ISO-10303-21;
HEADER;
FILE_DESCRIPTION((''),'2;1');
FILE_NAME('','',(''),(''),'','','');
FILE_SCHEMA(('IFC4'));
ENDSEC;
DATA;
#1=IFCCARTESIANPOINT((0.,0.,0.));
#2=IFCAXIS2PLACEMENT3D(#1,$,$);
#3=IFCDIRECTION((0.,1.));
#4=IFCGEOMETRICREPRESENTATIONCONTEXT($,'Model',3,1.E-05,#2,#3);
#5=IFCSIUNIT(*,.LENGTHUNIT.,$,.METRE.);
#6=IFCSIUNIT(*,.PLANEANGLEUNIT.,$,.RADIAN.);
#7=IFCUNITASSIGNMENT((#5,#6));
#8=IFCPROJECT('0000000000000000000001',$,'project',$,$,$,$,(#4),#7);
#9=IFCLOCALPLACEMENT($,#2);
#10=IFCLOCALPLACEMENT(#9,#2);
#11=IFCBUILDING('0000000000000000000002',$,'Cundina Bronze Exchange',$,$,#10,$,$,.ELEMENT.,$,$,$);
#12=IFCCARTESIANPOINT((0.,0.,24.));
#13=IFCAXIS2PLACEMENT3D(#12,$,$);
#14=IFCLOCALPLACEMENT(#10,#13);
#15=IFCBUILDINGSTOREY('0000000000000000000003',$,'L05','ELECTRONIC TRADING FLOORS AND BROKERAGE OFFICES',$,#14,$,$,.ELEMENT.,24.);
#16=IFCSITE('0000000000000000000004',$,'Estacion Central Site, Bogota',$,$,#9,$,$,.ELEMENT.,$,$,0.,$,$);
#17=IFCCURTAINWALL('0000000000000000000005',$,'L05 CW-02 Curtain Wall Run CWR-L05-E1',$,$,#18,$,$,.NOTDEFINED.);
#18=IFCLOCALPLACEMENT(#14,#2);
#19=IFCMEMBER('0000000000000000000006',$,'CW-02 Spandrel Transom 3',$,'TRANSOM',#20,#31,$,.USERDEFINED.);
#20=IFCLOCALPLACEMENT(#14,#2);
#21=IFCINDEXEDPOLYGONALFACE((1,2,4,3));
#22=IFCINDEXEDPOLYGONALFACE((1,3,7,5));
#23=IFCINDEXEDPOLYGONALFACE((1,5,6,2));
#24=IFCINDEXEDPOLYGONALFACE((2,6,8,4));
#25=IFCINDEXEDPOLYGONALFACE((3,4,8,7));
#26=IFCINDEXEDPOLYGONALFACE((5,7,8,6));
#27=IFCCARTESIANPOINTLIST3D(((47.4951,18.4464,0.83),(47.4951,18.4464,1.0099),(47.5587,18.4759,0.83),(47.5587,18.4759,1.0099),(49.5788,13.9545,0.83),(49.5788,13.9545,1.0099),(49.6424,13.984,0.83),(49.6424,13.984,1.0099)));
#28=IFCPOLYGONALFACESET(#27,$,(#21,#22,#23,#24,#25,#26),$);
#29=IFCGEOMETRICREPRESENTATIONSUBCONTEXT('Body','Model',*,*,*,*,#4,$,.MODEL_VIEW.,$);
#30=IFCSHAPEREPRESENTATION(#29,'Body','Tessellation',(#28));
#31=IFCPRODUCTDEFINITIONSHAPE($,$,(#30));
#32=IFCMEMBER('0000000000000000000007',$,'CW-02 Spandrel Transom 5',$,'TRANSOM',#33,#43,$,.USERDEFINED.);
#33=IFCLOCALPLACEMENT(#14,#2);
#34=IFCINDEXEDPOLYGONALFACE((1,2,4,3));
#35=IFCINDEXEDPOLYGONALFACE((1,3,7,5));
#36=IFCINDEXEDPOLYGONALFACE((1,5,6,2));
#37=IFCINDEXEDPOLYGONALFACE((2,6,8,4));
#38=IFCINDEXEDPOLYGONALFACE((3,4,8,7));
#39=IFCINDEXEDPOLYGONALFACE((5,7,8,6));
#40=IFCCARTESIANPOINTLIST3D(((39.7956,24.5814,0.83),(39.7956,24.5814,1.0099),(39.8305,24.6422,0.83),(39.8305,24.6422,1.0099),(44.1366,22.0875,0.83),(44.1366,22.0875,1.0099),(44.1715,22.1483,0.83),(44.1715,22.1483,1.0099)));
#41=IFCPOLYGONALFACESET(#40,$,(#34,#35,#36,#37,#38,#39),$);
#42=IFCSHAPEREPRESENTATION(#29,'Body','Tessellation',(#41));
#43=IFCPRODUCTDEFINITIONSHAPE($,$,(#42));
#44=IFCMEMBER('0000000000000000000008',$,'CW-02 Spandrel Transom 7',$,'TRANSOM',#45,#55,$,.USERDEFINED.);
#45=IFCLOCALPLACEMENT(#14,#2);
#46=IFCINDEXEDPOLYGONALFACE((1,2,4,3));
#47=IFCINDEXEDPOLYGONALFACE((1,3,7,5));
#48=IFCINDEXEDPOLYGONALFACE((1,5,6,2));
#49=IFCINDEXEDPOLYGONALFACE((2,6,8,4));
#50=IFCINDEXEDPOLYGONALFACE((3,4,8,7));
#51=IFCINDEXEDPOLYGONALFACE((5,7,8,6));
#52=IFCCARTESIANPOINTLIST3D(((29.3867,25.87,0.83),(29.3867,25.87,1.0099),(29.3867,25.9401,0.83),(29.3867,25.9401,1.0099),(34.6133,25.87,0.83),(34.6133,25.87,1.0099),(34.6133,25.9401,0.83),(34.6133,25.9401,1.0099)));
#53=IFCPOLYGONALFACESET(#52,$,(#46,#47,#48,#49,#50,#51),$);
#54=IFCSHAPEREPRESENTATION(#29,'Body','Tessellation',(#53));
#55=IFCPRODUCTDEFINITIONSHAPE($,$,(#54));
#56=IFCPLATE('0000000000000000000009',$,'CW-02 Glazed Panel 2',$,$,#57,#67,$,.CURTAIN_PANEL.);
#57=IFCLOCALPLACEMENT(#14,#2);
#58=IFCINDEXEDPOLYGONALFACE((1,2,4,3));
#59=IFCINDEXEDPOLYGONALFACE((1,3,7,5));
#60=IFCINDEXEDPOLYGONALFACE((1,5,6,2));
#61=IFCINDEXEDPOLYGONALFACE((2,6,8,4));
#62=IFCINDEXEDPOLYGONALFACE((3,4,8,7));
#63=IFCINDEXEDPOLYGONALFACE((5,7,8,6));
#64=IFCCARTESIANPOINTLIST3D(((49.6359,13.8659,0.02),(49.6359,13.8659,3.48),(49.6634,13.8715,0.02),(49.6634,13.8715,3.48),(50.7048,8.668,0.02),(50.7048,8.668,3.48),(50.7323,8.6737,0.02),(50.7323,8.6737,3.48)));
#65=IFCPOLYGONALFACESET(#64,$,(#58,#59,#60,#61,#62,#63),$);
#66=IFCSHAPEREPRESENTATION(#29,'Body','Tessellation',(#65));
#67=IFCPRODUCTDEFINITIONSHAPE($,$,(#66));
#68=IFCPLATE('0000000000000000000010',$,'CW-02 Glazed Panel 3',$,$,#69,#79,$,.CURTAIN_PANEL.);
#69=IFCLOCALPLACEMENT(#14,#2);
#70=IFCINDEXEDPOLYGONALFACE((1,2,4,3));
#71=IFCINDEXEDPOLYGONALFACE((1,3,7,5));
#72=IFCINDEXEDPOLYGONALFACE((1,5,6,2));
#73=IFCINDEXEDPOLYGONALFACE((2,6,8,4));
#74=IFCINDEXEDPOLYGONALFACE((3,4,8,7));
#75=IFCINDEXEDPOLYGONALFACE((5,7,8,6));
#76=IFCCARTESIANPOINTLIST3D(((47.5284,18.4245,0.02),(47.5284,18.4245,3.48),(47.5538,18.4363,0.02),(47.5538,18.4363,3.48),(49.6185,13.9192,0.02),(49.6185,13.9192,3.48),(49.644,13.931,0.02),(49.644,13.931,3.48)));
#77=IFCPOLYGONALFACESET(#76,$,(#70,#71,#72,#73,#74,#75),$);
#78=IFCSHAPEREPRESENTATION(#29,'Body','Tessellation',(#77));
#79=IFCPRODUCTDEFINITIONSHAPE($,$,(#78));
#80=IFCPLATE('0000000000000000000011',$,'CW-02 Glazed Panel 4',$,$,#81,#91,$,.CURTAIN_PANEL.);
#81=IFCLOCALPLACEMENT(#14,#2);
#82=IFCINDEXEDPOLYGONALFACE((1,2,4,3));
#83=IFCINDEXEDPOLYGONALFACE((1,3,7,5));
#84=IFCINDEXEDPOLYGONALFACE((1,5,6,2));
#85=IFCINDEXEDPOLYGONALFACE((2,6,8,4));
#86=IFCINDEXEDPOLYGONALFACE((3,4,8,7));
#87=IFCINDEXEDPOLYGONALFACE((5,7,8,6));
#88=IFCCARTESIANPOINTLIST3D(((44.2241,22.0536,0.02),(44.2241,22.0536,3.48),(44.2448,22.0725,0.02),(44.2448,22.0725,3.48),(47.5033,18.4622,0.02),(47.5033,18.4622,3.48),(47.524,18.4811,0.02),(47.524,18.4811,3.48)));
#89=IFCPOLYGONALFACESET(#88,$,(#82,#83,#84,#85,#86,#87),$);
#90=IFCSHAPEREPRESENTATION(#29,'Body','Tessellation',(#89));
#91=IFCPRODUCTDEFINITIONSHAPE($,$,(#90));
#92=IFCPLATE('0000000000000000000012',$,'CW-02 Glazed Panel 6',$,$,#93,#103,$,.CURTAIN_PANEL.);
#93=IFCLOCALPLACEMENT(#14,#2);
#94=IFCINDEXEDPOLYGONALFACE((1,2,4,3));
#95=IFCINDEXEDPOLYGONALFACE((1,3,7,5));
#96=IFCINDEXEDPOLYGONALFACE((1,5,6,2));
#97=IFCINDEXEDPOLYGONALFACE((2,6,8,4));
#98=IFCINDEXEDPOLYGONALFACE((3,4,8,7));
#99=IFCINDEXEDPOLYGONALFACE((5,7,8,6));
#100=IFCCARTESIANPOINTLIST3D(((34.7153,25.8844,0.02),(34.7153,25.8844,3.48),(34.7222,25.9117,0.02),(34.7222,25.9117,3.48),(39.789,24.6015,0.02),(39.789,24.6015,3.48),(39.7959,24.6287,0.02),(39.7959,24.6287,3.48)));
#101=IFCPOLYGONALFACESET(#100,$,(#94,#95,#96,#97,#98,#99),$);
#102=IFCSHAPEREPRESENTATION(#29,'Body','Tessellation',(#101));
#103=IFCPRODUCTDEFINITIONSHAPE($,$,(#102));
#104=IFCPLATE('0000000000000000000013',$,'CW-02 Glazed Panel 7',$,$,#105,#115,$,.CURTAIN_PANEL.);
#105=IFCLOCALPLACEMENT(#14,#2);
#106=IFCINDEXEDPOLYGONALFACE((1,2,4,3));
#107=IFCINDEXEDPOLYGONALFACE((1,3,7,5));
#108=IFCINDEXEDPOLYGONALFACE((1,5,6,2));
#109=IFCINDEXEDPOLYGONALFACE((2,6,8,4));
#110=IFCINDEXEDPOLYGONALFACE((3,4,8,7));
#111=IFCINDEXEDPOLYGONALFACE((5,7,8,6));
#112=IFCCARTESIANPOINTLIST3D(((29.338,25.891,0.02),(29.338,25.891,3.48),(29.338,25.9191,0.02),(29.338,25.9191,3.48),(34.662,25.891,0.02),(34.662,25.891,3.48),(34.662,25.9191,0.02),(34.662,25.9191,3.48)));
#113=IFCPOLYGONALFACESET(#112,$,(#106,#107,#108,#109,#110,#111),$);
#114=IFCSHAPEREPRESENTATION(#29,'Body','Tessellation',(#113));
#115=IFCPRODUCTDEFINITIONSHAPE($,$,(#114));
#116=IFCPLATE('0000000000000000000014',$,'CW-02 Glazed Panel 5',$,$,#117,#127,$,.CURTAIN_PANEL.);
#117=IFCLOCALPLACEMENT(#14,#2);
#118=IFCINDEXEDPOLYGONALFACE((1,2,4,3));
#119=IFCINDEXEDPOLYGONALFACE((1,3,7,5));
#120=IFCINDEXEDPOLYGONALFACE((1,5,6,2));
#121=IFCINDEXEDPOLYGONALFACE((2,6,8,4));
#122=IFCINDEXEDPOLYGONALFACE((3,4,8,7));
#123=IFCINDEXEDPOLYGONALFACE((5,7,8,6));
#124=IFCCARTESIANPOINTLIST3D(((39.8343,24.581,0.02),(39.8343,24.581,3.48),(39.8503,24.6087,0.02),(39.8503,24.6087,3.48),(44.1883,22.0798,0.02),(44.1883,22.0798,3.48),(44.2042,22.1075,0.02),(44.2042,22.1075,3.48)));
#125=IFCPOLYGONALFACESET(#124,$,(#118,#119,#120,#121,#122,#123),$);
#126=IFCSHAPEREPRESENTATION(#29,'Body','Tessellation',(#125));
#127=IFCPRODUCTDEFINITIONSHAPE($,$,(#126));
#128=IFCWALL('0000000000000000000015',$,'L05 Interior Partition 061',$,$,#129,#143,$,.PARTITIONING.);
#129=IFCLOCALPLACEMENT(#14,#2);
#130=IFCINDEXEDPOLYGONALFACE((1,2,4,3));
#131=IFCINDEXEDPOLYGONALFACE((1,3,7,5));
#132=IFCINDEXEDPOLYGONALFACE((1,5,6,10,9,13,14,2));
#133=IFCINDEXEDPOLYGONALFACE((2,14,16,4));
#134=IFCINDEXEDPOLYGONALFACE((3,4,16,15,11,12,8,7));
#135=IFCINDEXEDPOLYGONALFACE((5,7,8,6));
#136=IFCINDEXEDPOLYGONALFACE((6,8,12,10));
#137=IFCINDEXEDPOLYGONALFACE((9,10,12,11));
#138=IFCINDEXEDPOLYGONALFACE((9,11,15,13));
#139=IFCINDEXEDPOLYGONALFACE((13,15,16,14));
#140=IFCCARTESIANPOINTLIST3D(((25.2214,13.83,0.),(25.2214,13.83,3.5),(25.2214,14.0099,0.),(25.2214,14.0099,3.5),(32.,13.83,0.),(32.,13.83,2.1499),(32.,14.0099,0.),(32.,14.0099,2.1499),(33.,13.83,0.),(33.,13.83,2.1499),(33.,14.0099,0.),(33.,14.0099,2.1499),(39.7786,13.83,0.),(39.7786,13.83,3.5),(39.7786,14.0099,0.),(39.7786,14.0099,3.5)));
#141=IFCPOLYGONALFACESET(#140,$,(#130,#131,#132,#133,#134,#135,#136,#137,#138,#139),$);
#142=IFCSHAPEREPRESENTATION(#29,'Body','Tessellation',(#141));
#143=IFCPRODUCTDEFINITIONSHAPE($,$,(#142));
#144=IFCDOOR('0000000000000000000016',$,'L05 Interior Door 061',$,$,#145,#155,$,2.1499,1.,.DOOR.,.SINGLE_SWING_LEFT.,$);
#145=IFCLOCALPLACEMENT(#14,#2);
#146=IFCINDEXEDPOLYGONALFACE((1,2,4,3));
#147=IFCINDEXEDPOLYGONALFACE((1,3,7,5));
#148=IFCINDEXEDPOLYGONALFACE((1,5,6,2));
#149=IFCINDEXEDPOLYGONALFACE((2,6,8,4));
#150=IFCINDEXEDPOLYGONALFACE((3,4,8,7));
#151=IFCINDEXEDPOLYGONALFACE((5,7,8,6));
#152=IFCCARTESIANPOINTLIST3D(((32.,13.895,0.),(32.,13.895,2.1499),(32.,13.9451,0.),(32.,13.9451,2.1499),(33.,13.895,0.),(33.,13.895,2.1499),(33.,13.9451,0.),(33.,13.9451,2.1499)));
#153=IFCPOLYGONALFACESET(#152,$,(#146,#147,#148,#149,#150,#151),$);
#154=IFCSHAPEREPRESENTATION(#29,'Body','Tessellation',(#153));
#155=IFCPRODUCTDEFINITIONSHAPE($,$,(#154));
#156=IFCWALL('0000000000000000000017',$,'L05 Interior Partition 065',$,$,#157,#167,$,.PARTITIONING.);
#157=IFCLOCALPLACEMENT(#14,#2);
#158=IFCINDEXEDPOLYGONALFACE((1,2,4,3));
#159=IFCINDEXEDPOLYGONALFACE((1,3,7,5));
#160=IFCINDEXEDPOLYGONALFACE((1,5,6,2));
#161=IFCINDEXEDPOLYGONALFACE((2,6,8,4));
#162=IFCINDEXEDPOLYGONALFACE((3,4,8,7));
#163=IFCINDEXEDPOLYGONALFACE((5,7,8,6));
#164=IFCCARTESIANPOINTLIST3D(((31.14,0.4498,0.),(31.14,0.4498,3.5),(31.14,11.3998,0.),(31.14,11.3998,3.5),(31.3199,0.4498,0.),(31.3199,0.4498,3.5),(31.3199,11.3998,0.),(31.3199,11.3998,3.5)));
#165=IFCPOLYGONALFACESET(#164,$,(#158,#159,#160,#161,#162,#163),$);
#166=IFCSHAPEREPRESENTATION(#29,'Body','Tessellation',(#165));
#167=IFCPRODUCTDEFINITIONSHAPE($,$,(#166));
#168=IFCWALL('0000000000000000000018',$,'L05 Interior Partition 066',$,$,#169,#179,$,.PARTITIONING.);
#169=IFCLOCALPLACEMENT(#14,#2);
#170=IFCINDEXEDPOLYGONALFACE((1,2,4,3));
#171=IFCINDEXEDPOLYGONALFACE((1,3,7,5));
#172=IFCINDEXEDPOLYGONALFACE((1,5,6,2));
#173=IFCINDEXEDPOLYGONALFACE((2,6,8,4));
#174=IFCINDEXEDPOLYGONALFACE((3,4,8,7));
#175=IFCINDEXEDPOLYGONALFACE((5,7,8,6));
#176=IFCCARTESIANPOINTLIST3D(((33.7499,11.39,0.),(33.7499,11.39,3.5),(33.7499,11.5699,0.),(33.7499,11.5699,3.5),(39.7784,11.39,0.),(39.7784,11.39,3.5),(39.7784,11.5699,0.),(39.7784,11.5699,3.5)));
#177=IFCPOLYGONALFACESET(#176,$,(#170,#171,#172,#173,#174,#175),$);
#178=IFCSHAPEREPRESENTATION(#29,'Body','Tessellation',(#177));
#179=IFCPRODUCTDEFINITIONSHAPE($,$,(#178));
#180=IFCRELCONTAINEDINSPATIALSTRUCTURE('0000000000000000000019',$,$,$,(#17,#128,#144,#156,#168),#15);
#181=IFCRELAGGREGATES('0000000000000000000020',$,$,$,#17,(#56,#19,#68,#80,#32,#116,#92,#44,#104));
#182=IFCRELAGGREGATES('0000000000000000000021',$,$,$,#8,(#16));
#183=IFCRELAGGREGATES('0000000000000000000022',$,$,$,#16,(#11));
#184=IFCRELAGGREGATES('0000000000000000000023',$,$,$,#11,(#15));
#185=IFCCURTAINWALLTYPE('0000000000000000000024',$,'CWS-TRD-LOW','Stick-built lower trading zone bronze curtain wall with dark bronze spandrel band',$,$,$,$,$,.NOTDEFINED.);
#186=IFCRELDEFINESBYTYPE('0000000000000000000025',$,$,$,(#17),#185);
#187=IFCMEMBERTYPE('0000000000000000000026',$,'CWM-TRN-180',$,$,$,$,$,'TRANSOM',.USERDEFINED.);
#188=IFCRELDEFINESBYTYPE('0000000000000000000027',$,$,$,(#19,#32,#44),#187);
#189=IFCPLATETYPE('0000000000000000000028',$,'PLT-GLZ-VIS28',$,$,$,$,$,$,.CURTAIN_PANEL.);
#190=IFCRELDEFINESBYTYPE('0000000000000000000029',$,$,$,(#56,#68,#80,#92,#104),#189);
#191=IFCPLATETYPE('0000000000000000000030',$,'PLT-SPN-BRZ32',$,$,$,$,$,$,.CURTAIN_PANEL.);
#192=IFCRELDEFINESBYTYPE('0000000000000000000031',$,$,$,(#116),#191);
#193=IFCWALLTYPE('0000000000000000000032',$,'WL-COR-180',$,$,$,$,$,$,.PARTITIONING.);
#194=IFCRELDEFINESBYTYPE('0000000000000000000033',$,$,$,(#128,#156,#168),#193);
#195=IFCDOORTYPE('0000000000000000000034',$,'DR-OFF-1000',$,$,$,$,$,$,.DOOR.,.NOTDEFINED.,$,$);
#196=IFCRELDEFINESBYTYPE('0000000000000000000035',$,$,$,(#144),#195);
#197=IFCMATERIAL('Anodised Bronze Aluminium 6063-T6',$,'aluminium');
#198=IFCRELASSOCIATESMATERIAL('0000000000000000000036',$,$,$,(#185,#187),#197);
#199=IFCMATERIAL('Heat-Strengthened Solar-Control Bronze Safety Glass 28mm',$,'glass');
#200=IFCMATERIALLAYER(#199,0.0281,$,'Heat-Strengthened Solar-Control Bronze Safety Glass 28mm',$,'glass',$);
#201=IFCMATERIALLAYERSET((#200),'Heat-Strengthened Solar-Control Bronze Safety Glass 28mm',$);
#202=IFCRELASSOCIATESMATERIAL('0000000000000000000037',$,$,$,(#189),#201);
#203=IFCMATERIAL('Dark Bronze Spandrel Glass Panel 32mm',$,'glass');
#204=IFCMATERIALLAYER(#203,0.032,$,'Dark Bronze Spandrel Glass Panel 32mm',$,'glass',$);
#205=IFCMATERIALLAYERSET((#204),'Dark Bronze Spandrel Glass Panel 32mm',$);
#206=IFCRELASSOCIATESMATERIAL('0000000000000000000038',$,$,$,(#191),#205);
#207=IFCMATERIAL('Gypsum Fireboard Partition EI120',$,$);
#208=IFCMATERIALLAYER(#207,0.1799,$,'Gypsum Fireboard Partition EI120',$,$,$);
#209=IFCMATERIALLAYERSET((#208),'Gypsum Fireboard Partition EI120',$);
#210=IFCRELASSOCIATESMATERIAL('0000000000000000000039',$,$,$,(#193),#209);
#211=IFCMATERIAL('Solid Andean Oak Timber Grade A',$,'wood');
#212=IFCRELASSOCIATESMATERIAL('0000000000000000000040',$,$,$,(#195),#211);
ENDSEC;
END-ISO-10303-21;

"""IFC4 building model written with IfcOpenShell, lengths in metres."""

from ifc_helpers import new_model, si_unit, direction, frame, frame_2d, origin, origin_2d, place, context, subcontext, project, spatial, rectangle, extrude, material, layer, layer_set, material_profile, profile_set, type_object, element, fill, aggregate, save


model = new_model("IFC4")

# Units and contexts
model_context = context("Model", 3, precision=1e-05, world=origin(), true_north=direction((0.0, 1.0)))
body_context = subcontext(model_context, "Body", "Model", "MODEL_VIEW")
ifc_project = project(units=[si_unit("LENGTHUNIT", "METRE"), si_unit("PLANEANGLEUNIT", "RADIAN")], contexts=[model_context])

# Site, building, storey
site_placement = place(None, origin())
site = spatial("IfcSite", under=ifc_project, at=site_placement, Name="Estacion Central Site, Bogota", CompositionType="ELEMENT", RefElevation=0.0)
building_placement = place(site_placement, origin())
building = spatial("IfcBuilding", under=site, at=building_placement, Name="Cundina Bronze Exchange", CompositionType="ELEMENT")
storey_placement = place(building_placement, frame((0.0, 0.0, 24.0)))
storey = spatial("IfcBuildingStorey", under=building, at=storey_placement, Name="L05", Description="ELECTRONIC TRADING FLOORS AND BROKERAGE OFFICES", CompositionType="ELEMENT", Elevation=24.0)

# Curtain wall, members, plates
ifc_material_1 = material(Name="Anodised Bronze Aluminium 6063-T6", Category="aluminium")
curtain_wall_type = type_object("IfcCurtainWallType", Name="CWS-TRD-LOW", Description="Stick-built lower trading zone bronze curtain wall with dark bronze spandrel band", PredefinedType="NOTDEFINED", material=ifc_material_1)
curtain_wall_placement = place(storey_placement, origin())
curtain_wall = element("IfcCurtainWall", 1, at=curtain_wall_placement, inside=storey, type_object=curtain_wall_type, Name="L05 CW-02 Curtain Wall Run CWR-L05-E1", PredefinedType="NOTDEFINED")
ifc_material_profile_1 = material_profile(ifc_material_1, rectangle(XDim=0.0701, YDim=0.1799, at=origin_2d()), Name="AL70X180", Category="aluminium")
ifc_profile_set_1 = profile_set([ifc_material_profile_1], Name="Anodised Bronze Aluminium 6063-T6")
member_type_1 = type_object("IfcMemberType", Name="CWM-TRN-180", ElementType="TRANSOM", PredefinedType="USERDEFINED", material=ifc_profile_set_1)
member_1_placement = place(storey_placement, frame((49.6106, 13.9692, 0.9199), z_axis=(-0.420811, 0.907148, 0.0), x_axis=(-0.907148, -0.420811, 0.0)))
member_1 = element("IfcMember", 2, at=member_1_placement, type_object=member_type_1, Name="CW-02 Spandrel Transom 3", ObjectType="TRANSOM", PredefinedType="USERDEFINED", context=body_context, shape_type="SweptSolid", body=[
    extrude(rectangle(XDim=0.0701, YDim=0.1799, at=origin_2d()), origin(), (0.0, 0.0, 1.0), 4.9517),
])
member_2_placement = place(storey_placement, frame((44.1541, 22.1179, 0.9199), z_axis=(-0.867097, 0.498139, 0.0), x_axis=(-0.498139, -0.867097, 0.0)))
member_2 = element("IfcMember", 3, at=member_2_placement, type_object=member_type_1, Name="CW-02 Spandrel Transom 5", ObjectType="TRANSOM", PredefinedType="USERDEFINED", context=body_context, shape_type="SweptSolid", body=[
    extrude(rectangle(XDim=0.0701, YDim=0.1799, at=origin_2d()), origin(), (0.0, 0.0, 1.0), 5.0063),
])
member_3_placement = place(storey_placement, frame((34.6133, 25.905, 0.9199), z_axis=(-1.0, 0.0, 0.0), x_axis=(0.0, -1.0, 0.0)))
member_3 = element("IfcMember", 4, at=member_3_placement, type_object=member_type_1, Name="CW-02 Spandrel Transom 7", ObjectType="TRANSOM", PredefinedType="USERDEFINED", context=body_context, shape_type="SweptSolid", body=[
    extrude(rectangle(XDim=0.0701, YDim=0.1799, at=origin_2d()), origin(), (0.0, 0.0, 1.0), 5.2266),
])
ifc_material_2 = material(Name="Heat-Strengthened Solar-Control Bronze Safety Glass 28mm", Category="glass")
ifc_layer_1 = layer(ifc_material_2, 0.0281, Name="Heat-Strengthened Solar-Control Bronze Safety Glass 28mm", Category="glass")
ifc_layer_set_1 = layer_set([ifc_layer_1], Name="Heat-Strengthened Solar-Control Bronze Safety Glass 28mm")
plate_type_1 = type_object("IfcPlateType", Name="PLT-GLZ-VIS28", PredefinedType="CURTAIN_PANEL", material=ifc_layer_set_1)
plate_1_placement = place(storey_placement, frame((50.1841, 11.2698, 0.02), z_axis=(0.0, 0.0, 1.0), x_axis=(-0.20142, 0.979505, 0.0)))
plate_1 = element("IfcPlate", 5, at=plate_1_placement, type_object=plate_type_1, Name="CW-02 Glazed Panel 2", PredefinedType="CURTAIN_PANEL", context=body_context, shape_type="SweptSolid", body=[
    extrude(rectangle(XDim=5.3066, YDim=0.0281, at=origin_2d()), origin(), (0.0, 0.0, 1.0), 3.46),
])
plate_2_placement = place(storey_placement, frame((48.5862, 16.1777, 0.02), z_axis=(0.0, 0.0, 1.0), x_axis=(-0.420846, 0.907132, 0.0)))
plate_2 = element("IfcPlate", 6, at=plate_2_placement, type_object=plate_type_1, Name="CW-02 Glazed Panel 3", PredefinedType="CURTAIN_PANEL", context=body_context, shape_type="SweptSolid", body=[
    extrude(rectangle(XDim=4.9666, YDim=0.0281, at=origin_2d()), origin(), (0.0, 0.0, 1.0), 3.46),
])
plate_3_placement = place(storey_placement, frame((45.874, 20.2673, 0.02), z_axis=(0.0, 0.0, 1.0), x_axis=(-0.674277, 0.738479, 0.0)))
plate_3 = element("IfcPlate", 7, at=plate_3_placement, type_object=plate_type_1, Name="CW-02 Glazed Panel 4", PredefinedType="CURTAIN_PANEL", context=body_context, shape_type="SweptSolid", body=[
    extrude(rectangle(XDim=4.8633, YDim=0.0281, at=origin_2d()), origin(), (0.0, 0.0, 1.0), 3.46),
])
plate_4_placement = place(storey_placement, frame((37.2556, 25.2566, 0.02), z_axis=(0.0, 0.0, 1.0), x_axis=(-0.969488, 0.245138, 0.0)))
plate_4 = element("IfcPlate", 8, at=plate_4_placement, type_object=plate_type_1, Name="CW-02 Glazed Panel 6", PredefinedType="CURTAIN_PANEL", context=body_context, shape_type="SweptSolid", body=[
    extrude(rectangle(XDim=5.2334, YDim=0.0281, at=origin_2d()), origin(), (0.0, 0.0, 1.0), 3.46),
])
plate_5_placement = place(storey_placement, frame((32.0, 25.905, 0.02), z_axis=(0.0, 0.0, 1.0), x_axis=(-1.0, 0.0, 0.0)))
plate_5 = element("IfcPlate", 9, at=plate_5_placement, type_object=plate_type_1, Name="CW-02 Glazed Panel 7", PredefinedType="CURTAIN_PANEL", context=body_context, shape_type="SweptSolid", body=[
    extrude(rectangle(XDim=5.324, YDim=0.0281, at=origin_2d()), origin(), (0.0, 0.0, 1.0), 3.46),
])
ifc_material_3 = material(Name="Dark Bronze Spandrel Glass Panel 32mm", Category="glass")
ifc_layer_2 = layer(ifc_material_3, 0.032, Name="Dark Bronze Spandrel Glass Panel 32mm", Category="glass")
ifc_layer_set_2 = layer_set([ifc_layer_2], Name="Dark Bronze Spandrel Glass Panel 32mm")
plate_type_2 = type_object("IfcPlateType", Name="PLT-SPN-BRZ32", PredefinedType="CURTAIN_PANEL", material=ifc_layer_set_2)
plate_6_placement = place(storey_placement, frame((42.0193, 23.3442, 0.02), z_axis=(0.0, 0.0, 1.0), x_axis=(-0.867105, 0.498125, 0.0)))
plate_6 = element("IfcPlate", 10, at=plate_6_placement, type_object=plate_type_2, Name="CW-02 Glazed Panel 5", PredefinedType="CURTAIN_PANEL", context=body_context, shape_type="SweptSolid", body=[
    extrude(rectangle(XDim=5.0212, YDim=0.032, at=origin_2d()), origin(), (0.0, 0.0, 1.0), 3.46),
])
aggregate(curtain_wall, [plate_1, member_1, plate_2, plate_3, member_2, plate_6, plate_4, member_3, plate_5])

# Wall, opening, door
ifc_material_4 = material(Name="Gypsum Fireboard Partition EI120")
ifc_layer_3 = layer(ifc_material_4, 0.1799, Name="Gypsum Fireboard Partition EI120")
ifc_layer_set_3 = layer_set([ifc_layer_3], Name="Gypsum Fireboard Partition EI120")
wall_type_1 = type_object("IfcWallType", Name="WL-COR-180", PredefinedType="PARTITIONING", material=ifc_layer_set_3)
wall_1_placement = place(storey_placement, frame((39.7786, 13.9199, 0.0), z_axis=(0.0, 0.0, 1.0), x_axis=(-1.0, 0.0, 0.0)))
wall_1 = element("IfcWall", 11, at=wall_1_placement, inside=storey, type_object=wall_type_1, Name="L05 Interior Partition 061", PredefinedType="PARTITIONING", context=body_context, shape_type="SweptSolid", body=[
    extrude(rectangle(XDim=14.5571, YDim=0.1799, at=frame_2d((7.2786, 0.0))), origin(), (0.0, 0.0, 1.0), 3.5),
])
opening_placement = place(wall_1_placement, frame((6.7786, 0.0, 0.0)))
opening = element("IfcOpeningElement", 12, at=opening_placement, cuts=wall_1, PredefinedType="OPENING", context=body_context, shape_type="SweptSolid", body=[
    extrude(rectangle(XDim=1.0, YDim=2.1499, at=frame_2d((0.5, 1.075))), frame((0.0, 0.0999, 0.0), z_axis=(0.0, -1.0, 0.0), x_axis=(1.0, 0.0, 0.0)), (0.0, 0.0, 1.0), 0.2),
])
ifc_material_5 = material(Name="Solid Andean Oak Timber Grade A", Category="wood")
door_type = type_object("IfcDoorType", Name="DR-OFF-1000", OperationType="NOTDEFINED", PredefinedType="DOOR", material=ifc_material_5)
door_placement = place(opening_placement, origin())
door = element("IfcDoor", 13, at=door_placement, inside=storey, type_object=door_type, Name="L05 Interior Door 061", OperationType="SINGLE_SWING_LEFT", OverallHeight=2.1499, OverallWidth=1.0, PredefinedType="DOOR", context=body_context, shape_type="SweptSolid", body=[
    extrude(rectangle(XDim=1.0, YDim=2.1499, at=frame_2d((0.5, 1.075))), frame((0.0, 0.0249, 0.0), z_axis=(0.0, -1.0, 0.0), x_axis=(1.0, 0.0, 0.0)), (0.0, 0.0, 1.0), 0.05),
])
fill(opening, door)

# Walls
wall_2_placement = place(storey_placement, frame((31.23, 11.3999, 0.0), z_axis=(0.0, 0.0, 1.0), x_axis=(0.0, -1.0, 0.0)))
element("IfcWall", 14, at=wall_2_placement, inside=storey, type_object=wall_type_1, Name="L05 Interior Partition 065", PredefinedType="PARTITIONING", context=body_context, shape_type="SweptSolid", body=[
    extrude(rectangle(XDim=10.95, YDim=0.1799, at=frame_2d((5.4751, 0.0))), origin(), (0.0, 0.0, 1.0), 3.5),
])
wall_3_placement = place(storey_placement, frame((33.75, 11.48, 0.0), z_axis=(0.0, 0.0, 1.0), x_axis=(1.0, 0.0, 0.0)))
element("IfcWall", 15, at=wall_3_placement, inside=storey, type_object=wall_type_1, Name="L05 Interior Partition 066", PredefinedType="PARTITIONING", context=body_context, shape_type="SweptSolid", body=[
    extrude(rectangle(XDim=6.0286, YDim=0.1799, at=frame_2d((3.0142, 0.0))), origin(), (0.0, 0.0, 1.0), 3.5),
])

save(model, "model.ifc")
